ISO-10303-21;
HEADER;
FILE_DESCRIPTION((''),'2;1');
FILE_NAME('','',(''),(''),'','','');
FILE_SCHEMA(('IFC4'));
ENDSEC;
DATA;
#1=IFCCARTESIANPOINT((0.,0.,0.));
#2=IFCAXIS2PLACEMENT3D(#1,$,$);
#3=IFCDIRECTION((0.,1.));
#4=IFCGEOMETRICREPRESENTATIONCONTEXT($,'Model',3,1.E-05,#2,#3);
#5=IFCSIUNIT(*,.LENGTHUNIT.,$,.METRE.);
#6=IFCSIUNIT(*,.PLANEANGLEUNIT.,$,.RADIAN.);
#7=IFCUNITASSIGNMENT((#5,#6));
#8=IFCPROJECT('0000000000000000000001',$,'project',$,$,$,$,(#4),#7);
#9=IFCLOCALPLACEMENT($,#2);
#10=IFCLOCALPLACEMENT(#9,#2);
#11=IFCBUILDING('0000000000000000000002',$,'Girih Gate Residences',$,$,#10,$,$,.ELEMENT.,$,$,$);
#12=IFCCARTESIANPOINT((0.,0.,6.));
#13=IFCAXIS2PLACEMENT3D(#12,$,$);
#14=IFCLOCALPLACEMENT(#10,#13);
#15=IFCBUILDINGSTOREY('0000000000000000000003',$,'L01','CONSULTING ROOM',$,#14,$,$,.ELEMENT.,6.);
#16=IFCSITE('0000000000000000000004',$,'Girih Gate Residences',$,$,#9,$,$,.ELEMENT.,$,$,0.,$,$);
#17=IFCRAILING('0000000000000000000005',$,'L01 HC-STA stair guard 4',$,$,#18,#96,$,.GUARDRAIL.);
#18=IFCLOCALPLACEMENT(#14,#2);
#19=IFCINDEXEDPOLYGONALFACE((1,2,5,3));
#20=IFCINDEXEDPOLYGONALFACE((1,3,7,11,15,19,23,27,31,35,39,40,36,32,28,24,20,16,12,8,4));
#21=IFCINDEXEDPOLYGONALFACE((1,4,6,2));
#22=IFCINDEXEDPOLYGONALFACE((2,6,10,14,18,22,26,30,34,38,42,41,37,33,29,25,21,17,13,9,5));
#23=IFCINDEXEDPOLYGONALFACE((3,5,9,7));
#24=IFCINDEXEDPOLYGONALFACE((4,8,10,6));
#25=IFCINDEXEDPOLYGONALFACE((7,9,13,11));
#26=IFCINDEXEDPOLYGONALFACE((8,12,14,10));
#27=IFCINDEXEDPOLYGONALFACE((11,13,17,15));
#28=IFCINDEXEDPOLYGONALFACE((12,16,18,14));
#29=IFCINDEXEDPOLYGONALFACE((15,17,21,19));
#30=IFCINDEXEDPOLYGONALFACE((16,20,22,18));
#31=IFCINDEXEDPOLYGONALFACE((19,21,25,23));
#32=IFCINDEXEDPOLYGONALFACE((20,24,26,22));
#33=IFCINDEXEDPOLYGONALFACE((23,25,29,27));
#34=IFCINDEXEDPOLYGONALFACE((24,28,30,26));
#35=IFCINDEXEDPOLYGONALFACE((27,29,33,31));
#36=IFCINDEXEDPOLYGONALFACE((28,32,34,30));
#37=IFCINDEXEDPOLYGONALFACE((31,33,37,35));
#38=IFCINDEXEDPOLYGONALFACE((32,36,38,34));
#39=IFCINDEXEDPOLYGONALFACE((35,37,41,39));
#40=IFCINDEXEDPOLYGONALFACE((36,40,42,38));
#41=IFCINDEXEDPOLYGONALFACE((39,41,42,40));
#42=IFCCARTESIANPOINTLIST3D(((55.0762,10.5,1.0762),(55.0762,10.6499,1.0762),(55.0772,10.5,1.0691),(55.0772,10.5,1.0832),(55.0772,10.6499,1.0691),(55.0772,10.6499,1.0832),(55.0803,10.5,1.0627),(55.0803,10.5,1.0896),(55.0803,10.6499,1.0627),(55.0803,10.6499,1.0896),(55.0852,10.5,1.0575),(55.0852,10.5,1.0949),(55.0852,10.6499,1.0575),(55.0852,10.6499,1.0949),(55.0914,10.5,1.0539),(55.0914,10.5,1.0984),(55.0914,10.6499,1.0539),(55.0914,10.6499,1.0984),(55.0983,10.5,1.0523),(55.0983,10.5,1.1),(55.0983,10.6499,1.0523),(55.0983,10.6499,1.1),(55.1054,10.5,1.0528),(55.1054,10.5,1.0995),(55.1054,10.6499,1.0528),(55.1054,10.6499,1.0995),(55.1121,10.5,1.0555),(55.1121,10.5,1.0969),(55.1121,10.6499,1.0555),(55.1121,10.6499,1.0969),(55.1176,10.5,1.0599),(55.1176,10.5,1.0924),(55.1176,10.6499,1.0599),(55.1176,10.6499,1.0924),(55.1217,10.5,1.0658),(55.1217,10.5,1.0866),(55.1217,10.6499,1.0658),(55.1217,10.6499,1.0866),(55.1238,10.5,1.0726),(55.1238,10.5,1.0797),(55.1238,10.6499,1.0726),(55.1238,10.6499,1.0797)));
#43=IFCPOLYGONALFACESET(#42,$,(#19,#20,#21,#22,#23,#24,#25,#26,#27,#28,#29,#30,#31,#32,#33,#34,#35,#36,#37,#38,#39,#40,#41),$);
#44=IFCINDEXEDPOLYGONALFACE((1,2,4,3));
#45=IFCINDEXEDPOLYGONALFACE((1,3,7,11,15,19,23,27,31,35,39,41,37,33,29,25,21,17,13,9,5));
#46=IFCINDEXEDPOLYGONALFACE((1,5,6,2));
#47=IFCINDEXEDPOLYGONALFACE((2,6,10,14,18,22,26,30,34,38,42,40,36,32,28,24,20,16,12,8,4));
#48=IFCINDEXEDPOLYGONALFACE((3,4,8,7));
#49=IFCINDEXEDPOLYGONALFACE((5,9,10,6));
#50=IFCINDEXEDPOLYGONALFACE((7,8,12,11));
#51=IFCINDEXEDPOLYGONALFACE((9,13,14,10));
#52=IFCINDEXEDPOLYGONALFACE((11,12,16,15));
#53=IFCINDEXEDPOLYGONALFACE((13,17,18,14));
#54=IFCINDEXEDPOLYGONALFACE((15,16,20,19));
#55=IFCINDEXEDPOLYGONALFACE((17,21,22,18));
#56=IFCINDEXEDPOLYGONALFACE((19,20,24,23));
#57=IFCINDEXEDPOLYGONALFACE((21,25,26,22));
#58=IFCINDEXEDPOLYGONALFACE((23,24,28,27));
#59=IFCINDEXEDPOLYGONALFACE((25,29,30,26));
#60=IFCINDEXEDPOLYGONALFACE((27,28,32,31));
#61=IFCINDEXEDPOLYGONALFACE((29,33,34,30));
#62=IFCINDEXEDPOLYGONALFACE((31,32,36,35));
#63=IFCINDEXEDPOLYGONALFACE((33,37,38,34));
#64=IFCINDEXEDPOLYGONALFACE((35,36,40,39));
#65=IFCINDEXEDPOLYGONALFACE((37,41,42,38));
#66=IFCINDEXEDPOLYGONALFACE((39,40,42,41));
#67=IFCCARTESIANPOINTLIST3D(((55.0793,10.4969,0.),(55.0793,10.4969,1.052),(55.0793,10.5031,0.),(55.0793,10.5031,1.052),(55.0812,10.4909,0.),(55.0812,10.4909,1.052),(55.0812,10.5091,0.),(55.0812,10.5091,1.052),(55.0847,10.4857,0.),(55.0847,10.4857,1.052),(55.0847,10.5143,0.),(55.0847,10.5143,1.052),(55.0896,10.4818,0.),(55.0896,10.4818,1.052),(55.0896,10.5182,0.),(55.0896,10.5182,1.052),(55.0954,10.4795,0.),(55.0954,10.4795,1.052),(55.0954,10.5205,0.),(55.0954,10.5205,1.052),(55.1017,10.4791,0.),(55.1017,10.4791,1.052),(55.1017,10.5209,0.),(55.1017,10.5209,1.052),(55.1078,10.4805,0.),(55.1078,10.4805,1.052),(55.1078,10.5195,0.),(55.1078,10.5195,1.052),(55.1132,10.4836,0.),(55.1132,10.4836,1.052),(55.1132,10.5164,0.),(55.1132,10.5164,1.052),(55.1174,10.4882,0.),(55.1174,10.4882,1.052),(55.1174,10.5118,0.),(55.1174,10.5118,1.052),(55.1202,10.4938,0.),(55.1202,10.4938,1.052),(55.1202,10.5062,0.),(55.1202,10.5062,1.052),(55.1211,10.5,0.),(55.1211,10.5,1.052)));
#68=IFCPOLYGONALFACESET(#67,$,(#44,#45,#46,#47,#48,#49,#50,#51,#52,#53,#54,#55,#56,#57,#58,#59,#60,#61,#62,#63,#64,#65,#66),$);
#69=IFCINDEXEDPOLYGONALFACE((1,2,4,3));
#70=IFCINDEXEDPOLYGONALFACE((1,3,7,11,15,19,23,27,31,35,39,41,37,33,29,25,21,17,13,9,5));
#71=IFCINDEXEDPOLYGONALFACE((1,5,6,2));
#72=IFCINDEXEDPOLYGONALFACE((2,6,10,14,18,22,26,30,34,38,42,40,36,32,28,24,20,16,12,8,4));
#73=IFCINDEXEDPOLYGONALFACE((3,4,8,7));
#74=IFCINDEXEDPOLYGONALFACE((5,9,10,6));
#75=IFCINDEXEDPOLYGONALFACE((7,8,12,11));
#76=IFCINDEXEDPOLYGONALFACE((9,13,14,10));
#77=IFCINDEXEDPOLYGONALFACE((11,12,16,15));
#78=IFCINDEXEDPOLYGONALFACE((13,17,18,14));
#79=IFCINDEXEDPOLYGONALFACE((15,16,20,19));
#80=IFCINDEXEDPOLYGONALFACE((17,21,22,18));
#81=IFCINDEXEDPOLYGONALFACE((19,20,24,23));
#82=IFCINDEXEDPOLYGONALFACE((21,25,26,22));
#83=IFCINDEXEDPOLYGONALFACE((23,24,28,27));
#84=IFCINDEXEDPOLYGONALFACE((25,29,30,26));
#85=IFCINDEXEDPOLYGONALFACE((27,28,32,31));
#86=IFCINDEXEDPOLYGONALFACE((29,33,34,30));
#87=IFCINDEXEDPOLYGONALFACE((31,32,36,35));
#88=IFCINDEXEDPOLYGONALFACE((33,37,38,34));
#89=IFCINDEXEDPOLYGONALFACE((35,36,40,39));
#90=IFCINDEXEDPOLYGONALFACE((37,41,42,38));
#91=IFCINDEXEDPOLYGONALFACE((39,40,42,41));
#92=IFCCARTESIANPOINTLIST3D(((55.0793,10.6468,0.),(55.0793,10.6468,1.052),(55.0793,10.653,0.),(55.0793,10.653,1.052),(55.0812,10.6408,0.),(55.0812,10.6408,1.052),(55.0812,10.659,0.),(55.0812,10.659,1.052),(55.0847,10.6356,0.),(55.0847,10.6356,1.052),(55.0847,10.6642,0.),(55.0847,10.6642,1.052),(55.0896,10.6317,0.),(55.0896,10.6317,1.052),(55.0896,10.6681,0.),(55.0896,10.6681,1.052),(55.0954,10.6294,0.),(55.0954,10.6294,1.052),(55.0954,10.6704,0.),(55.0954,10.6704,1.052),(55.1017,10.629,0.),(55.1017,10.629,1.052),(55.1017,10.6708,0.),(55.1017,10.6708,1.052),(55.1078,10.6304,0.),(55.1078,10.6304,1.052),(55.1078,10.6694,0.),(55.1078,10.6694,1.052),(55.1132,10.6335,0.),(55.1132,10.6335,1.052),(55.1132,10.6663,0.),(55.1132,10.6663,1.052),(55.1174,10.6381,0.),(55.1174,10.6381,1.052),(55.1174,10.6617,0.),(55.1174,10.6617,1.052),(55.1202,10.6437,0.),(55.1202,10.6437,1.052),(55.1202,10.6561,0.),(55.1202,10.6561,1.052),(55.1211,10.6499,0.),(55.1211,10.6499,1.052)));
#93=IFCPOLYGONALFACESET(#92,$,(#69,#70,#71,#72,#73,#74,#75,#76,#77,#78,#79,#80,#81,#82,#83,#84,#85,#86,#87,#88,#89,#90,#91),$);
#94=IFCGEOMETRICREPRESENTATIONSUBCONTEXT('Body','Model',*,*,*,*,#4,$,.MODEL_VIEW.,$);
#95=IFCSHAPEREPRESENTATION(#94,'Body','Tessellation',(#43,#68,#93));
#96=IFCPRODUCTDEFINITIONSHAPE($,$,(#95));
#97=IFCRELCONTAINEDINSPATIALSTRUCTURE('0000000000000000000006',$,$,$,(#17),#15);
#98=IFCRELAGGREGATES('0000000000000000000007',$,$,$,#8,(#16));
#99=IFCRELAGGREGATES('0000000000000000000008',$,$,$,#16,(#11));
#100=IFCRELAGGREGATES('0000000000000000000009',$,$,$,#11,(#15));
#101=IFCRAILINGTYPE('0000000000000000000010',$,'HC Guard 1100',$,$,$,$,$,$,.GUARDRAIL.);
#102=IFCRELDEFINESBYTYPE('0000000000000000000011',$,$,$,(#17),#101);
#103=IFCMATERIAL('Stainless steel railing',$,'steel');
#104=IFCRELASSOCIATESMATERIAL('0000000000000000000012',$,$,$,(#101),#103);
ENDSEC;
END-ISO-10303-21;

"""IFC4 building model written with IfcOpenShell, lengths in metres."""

from ifc_helpers import new_model, si_unit, direction, frame, origin, origin_2d, place, context, subcontext, project, spatial, circle, extrude, material, type_object, element, save


model = new_model("IFC4")

# Units and contexts
model_context = context("Model", 3, precision=1e-05, world=origin(), true_north=direction((0.0, 1.0)))
body_context = subcontext(model_context, "Body", "Model", "MODEL_VIEW")
ifc_project = project(units=[si_unit("LENGTHUNIT", "METRE"), si_unit("PLANEANGLEUNIT", "RADIAN")], contexts=[model_context])

# Site, building, storey
site_placement = place(None, origin())
site = spatial("IfcSite", under=ifc_project, at=site_placement, Name="Girih Gate Residences", CompositionType="ELEMENT", RefElevation=0.0)
building_placement = place(site_placement, origin())
building = spatial("IfcBuilding", under=site, at=building_placement, Name="Girih Gate Residences", CompositionType="ELEMENT")
storey_placement = place(building_placement, frame((0.0, 0.0, 6.0)))
storey = spatial("IfcBuildingStorey", under=building, at=storey_placement, Name="L01", Description="CONSULTING ROOM", CompositionType="ELEMENT", Elevation=6.0)

# Railing
ifc_material_1 = material(Name="Stainless steel railing", Category="steel")
railing_type_1 = type_object("IfcRailingType", Name="HC Guard 1100", PredefinedType="GUARDRAIL", material=ifc_material_1)
railing_1_placement = place(storey_placement, frame((55.1001, 10.5, 0.0)))
element("IfcRailing", 1, at=railing_1_placement, inside=storey, type_object=railing_type_1, Name="L01 HC-STA stair guard 4", PredefinedType="GUARDRAIL", context=body_context, shape_type="SweptSolid", body=[
    extrude(circle(Radius=0.0239, at=origin_2d()), frame((0.0, 0.0, 1.0762), z_axis=(0.0, 1.0, 0.0), x_axis=(-1.0, 0.0, 0.0)), (0.0, 0.0, 1.0), 0.1499),
    extrude(circle(Radius=0.021, at=origin_2d()), origin(), (0.0, 0.0, 1.0), 1.052),
    extrude(circle(Radius=0.021, at=origin_2d()), frame((0.0, 0.1499, 0.0)), (0.0, 0.0, 1.0), 1.052),
])

save(model, "model.ifc")
